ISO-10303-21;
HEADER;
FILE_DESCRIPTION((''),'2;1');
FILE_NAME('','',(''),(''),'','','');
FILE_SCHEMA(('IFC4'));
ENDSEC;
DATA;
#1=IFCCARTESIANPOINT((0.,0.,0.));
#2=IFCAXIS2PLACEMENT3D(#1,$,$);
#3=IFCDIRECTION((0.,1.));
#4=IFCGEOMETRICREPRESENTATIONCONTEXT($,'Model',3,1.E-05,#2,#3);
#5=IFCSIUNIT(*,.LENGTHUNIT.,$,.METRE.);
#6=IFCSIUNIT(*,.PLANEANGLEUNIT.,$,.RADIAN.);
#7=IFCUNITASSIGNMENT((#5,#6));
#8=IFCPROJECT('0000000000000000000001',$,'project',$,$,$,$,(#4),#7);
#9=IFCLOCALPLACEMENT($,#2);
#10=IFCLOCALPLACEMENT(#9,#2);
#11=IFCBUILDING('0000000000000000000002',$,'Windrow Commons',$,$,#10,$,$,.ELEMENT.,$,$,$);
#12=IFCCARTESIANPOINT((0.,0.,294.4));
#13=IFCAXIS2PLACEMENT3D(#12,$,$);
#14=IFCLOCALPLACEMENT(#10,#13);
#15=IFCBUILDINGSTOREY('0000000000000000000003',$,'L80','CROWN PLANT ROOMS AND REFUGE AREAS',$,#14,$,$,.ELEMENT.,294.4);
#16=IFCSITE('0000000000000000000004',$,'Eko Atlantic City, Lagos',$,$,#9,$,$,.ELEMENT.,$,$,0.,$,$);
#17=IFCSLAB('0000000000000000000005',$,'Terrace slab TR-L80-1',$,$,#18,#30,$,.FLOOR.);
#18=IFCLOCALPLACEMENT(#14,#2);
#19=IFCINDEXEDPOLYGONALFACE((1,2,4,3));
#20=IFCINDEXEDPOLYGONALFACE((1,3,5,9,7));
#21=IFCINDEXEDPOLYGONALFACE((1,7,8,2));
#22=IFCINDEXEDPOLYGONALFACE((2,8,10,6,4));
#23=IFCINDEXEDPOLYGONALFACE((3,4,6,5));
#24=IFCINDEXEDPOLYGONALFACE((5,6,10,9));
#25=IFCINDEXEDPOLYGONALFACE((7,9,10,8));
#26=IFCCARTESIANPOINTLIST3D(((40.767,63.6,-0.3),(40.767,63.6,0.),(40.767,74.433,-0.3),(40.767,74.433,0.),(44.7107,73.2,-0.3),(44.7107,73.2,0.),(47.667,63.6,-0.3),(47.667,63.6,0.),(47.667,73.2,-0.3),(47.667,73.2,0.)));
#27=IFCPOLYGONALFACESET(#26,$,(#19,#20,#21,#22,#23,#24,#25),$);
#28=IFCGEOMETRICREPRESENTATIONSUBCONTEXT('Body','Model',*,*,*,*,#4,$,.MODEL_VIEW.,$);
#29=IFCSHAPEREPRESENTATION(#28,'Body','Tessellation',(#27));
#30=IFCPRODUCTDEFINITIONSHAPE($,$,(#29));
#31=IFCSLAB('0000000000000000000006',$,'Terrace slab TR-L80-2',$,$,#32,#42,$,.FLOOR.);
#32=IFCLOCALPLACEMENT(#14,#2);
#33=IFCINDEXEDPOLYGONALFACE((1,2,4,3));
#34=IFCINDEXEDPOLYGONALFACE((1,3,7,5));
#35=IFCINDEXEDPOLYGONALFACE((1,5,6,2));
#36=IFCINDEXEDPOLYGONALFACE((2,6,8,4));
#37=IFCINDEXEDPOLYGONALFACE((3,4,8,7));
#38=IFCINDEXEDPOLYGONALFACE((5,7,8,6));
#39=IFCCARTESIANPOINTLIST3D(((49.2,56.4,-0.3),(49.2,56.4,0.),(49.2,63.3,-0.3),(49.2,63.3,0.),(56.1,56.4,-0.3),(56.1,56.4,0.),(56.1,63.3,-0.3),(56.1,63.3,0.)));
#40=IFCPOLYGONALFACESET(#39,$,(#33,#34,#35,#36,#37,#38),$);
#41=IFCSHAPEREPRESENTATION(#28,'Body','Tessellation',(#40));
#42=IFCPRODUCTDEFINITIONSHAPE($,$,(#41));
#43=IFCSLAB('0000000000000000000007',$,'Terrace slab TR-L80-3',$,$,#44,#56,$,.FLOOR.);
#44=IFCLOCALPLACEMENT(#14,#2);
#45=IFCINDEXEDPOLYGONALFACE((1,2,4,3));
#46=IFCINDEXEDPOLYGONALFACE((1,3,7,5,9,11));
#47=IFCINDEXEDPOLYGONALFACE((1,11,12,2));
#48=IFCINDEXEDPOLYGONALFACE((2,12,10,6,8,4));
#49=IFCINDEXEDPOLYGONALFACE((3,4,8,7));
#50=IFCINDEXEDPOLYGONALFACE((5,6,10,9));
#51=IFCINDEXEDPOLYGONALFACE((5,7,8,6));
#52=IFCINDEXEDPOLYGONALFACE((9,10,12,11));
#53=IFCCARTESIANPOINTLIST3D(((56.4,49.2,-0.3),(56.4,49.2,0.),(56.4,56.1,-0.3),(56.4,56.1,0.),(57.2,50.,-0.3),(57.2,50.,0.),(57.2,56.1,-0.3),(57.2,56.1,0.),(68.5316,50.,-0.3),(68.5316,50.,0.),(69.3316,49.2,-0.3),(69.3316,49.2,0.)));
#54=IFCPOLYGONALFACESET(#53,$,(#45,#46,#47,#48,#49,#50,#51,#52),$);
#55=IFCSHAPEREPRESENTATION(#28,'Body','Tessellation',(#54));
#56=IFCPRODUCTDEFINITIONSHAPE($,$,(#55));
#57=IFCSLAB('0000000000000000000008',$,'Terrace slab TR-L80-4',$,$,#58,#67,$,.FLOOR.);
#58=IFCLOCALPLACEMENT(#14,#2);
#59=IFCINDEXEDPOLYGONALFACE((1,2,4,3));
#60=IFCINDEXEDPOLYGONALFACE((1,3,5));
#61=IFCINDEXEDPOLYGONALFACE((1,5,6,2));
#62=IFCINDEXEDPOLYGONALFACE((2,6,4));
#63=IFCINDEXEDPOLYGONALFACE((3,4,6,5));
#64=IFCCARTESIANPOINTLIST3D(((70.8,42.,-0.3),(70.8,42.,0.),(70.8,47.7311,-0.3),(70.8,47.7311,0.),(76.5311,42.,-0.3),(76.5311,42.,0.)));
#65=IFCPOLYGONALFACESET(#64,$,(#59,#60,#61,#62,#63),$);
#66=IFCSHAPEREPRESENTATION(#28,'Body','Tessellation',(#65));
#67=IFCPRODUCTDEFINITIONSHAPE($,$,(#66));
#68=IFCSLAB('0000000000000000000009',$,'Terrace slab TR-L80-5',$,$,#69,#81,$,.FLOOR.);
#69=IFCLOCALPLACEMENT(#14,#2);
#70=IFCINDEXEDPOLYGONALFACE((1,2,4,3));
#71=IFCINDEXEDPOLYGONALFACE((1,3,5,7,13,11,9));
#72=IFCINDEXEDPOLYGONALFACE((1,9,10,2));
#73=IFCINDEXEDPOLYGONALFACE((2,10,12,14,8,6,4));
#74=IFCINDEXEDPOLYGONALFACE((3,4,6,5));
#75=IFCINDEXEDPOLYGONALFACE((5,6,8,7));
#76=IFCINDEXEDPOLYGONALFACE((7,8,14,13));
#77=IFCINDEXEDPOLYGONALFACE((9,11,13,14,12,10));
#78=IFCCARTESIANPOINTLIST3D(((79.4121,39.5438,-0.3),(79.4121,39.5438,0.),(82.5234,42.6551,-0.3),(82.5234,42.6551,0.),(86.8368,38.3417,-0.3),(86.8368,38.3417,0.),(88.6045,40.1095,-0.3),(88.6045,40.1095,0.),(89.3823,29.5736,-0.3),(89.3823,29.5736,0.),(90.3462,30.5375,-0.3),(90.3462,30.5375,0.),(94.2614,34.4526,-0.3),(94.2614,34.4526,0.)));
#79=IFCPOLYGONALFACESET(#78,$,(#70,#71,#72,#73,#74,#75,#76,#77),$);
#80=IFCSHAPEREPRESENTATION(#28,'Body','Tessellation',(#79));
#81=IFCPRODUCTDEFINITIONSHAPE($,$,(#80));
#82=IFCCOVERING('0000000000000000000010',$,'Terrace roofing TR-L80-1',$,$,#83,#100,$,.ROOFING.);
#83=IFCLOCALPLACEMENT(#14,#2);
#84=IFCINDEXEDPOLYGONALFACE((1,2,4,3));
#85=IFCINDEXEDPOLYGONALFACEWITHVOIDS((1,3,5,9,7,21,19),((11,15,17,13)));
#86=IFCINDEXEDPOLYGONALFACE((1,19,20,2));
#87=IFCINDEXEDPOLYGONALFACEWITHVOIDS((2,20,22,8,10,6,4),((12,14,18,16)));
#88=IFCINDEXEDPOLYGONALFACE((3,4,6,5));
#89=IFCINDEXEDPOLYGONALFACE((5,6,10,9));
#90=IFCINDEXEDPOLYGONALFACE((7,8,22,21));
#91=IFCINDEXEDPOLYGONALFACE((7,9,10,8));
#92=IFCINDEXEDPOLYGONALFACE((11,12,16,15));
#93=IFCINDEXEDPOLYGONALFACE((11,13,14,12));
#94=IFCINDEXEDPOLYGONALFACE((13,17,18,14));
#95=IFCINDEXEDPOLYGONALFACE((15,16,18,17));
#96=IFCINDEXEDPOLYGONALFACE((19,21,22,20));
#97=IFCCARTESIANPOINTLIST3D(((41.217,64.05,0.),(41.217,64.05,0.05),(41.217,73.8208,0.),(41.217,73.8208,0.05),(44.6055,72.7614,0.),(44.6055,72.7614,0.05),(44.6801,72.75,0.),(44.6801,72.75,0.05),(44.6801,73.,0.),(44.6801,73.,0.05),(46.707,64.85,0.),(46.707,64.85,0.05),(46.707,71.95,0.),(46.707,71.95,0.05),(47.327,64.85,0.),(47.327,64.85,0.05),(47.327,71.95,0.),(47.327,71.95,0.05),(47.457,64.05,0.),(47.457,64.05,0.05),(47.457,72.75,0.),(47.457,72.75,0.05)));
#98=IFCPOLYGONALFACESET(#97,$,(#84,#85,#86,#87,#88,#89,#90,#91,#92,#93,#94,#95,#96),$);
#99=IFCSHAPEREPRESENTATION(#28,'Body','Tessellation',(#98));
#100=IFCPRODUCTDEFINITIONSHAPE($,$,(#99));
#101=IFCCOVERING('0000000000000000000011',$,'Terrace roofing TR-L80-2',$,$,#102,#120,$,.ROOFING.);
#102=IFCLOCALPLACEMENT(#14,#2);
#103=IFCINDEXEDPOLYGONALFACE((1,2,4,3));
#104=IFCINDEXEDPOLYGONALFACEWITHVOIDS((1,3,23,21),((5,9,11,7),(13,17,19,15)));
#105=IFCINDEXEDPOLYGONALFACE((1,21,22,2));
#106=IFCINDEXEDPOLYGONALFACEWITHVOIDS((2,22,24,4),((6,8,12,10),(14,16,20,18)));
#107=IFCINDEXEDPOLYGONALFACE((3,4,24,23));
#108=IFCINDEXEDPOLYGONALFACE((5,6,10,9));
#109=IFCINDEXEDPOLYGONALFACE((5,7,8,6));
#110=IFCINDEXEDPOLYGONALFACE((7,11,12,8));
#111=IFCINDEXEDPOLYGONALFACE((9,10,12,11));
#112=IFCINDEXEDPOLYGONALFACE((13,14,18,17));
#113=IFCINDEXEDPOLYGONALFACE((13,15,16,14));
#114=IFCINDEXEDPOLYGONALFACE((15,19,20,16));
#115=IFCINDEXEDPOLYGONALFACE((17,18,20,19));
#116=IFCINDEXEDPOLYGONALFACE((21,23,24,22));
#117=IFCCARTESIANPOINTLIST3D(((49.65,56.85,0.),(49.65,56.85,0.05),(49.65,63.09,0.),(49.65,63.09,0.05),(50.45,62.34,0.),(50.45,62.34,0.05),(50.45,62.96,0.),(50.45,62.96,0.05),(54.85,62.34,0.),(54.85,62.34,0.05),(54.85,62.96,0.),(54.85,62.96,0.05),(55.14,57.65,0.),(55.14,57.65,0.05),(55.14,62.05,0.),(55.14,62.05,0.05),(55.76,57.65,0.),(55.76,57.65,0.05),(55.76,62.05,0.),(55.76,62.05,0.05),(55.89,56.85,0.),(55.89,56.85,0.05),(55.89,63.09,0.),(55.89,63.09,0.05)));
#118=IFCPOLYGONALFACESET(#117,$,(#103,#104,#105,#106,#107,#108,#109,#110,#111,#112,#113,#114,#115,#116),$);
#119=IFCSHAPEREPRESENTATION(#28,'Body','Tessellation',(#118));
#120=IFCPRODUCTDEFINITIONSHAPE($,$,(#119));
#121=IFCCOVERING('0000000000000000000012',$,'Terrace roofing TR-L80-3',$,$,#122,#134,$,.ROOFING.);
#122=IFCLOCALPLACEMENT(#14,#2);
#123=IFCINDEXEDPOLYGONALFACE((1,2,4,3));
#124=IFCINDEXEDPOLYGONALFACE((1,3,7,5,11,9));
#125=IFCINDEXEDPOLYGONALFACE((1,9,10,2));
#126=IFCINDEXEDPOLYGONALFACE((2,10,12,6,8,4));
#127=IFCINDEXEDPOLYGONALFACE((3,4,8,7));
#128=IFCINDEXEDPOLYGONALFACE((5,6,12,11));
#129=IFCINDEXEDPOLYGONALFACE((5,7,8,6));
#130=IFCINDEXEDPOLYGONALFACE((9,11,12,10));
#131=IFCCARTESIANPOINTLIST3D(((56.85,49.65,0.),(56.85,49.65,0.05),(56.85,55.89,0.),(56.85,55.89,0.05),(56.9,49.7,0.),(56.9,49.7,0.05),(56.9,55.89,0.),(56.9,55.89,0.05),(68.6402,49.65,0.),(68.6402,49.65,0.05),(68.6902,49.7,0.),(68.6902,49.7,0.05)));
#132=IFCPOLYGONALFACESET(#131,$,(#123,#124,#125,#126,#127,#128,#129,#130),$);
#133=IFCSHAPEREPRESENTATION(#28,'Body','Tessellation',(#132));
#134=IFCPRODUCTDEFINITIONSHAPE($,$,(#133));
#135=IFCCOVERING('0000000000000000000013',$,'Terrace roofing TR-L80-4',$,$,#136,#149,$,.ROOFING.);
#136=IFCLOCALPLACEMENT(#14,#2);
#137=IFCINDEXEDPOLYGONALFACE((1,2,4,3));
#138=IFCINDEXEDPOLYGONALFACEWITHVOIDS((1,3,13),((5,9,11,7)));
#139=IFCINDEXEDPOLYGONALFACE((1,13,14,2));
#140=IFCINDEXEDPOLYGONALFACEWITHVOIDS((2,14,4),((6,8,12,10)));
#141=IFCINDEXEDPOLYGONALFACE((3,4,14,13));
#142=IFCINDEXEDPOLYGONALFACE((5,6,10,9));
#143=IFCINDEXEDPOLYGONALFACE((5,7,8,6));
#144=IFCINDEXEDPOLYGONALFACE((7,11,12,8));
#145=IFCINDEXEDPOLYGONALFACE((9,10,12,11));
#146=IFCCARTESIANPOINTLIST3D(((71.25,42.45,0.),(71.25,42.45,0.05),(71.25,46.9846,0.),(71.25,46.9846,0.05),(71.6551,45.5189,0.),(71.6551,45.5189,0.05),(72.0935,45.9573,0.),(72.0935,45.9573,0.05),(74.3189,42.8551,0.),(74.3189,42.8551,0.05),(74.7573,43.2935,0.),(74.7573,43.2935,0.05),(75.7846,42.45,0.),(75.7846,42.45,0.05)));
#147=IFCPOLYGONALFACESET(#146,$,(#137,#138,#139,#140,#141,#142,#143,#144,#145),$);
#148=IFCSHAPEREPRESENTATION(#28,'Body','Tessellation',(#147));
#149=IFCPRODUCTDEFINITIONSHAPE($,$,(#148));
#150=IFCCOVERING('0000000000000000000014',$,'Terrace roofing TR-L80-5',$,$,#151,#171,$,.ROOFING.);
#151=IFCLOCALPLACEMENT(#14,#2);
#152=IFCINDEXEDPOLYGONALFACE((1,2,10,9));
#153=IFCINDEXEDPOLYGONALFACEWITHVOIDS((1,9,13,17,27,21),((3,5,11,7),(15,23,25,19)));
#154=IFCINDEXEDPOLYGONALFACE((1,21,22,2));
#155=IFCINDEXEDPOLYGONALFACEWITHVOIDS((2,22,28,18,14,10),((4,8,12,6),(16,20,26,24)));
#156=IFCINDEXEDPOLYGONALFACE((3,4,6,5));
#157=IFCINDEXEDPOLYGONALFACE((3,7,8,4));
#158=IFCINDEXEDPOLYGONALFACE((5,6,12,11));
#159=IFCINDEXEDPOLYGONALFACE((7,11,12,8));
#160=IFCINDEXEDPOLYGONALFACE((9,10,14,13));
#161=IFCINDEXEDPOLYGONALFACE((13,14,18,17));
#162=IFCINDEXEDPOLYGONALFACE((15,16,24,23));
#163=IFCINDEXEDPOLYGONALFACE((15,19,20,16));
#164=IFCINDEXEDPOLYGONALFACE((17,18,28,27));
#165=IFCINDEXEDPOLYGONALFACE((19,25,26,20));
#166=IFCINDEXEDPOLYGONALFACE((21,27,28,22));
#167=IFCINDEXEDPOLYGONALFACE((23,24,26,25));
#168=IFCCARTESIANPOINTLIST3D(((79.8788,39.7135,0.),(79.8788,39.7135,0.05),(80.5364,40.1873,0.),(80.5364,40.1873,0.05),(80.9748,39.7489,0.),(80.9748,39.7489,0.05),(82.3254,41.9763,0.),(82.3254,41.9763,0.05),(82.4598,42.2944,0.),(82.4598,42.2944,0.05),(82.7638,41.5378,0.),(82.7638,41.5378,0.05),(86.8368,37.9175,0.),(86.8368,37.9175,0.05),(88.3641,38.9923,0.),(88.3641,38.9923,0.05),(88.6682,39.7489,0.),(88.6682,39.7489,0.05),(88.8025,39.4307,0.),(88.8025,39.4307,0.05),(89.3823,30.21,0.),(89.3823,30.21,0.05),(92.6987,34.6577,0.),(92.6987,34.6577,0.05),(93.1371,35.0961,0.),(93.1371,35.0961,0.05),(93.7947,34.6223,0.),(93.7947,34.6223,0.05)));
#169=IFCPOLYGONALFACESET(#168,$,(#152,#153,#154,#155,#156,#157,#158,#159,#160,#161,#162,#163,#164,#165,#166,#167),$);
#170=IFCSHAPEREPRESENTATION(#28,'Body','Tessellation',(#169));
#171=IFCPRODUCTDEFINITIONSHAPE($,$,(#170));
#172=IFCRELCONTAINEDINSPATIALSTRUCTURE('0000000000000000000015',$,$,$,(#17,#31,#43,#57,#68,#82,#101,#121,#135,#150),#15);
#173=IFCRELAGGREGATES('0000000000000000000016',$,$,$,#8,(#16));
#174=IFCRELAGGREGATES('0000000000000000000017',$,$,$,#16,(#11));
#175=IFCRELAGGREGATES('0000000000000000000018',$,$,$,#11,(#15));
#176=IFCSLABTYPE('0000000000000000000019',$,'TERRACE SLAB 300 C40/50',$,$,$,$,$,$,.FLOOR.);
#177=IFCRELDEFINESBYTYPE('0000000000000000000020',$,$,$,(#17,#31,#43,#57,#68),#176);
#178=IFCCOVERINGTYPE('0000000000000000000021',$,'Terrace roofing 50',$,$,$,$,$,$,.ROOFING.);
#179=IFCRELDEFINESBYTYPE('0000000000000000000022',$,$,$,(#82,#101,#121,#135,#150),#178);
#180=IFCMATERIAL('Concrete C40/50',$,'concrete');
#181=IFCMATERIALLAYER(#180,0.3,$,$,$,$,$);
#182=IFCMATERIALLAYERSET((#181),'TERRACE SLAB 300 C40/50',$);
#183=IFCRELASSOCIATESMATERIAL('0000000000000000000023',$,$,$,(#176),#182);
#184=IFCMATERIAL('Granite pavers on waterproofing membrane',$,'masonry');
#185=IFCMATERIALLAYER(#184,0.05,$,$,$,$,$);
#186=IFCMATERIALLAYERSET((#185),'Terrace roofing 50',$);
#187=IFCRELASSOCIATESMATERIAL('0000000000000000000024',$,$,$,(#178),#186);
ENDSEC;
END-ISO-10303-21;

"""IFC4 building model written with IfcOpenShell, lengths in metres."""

from ifc_helpers import new_model, si_unit, direction, frame, origin, place, context, subcontext, project, spatial, polyline, outline, extrude, material, layer, layer_set, type_object, element, save


model = new_model("IFC4")

# Units and contexts
model_context = context("Model", 3, precision=1e-05, world=origin(), true_north=direction((0.0, 1.0)))
body_context = subcontext(model_context, "Body", "Model", "MODEL_VIEW")
ifc_project = project(units=[si_unit("LENGTHUNIT", "METRE"), si_unit("PLANEANGLEUNIT", "RADIAN")], contexts=[model_context])

# Site, building, storey
site_placement = place(None, origin())
site = spatial("IfcSite", under=ifc_project, at=site_placement, Name="Eko Atlantic City, Lagos", CompositionType="ELEMENT", RefElevation=0.0)
building_placement = place(site_placement, origin())
building = spatial("IfcBuilding", under=site, at=building_placement, Name="Windrow Commons", CompositionType="ELEMENT")
storey_placement = place(building_placement, frame((0.0, 0.0, 294.4)))
storey = spatial("IfcBuildingStorey", under=building, at=storey_placement, Name="L80", Description="CROWN PLANT ROOMS AND REFUGE AREAS", CompositionType="ELEMENT", Elevation=294.4)

# Shared definitions
placement_1 = place(storey_placement, frame((0.0, 0.0, -0.3)))

# Shared definitions
placement_2 = place(storey_placement, origin())

# Slabs
ifc_material_1 = material(Name="Concrete C40/50", Category="concrete")
ifc_layer_1 = layer(ifc_material_1, 0.3)
ifc_layer_set_1 = layer_set([ifc_layer_1], Name="TERRACE SLAB 300 C40/50")
slab_type_1 = type_object("IfcSlabType", Name="TERRACE SLAB 300 C40/50", PredefinedType="FLOOR", material=ifc_layer_set_1)
element("IfcSlab", 1, at=placement_1, inside=storey, type_object=slab_type_1, Name="Terrace slab TR-L80-1", PredefinedType="FLOOR", context=body_context, shape_type="SweptSolid", body=[
    extrude(outline(polyline([(40.767, 74.433), (40.767, 63.6), (47.667, 63.6), (47.667, 73.2), (44.7107, 73.2), (40.767, 74.433)])), origin(), (0.0, 0.0, 1.0), 0.3),
])
element("IfcSlab", 2, at=placement_1, inside=storey, type_object=slab_type_1, Name="Terrace slab TR-L80-2", PredefinedType="FLOOR", context=body_context, shape_type="SweptSolid", body=[
    extrude(outline(polyline([(49.2, 63.3), (49.2, 56.4), (56.1, 56.4), (56.1, 63.3), (49.2, 63.3)])), origin(), (0.0, 0.0, 1.0), 0.3),
])
element("IfcSlab", 3, at=placement_1, inside=storey, type_object=slab_type_1, Name="Terrace slab TR-L80-3", PredefinedType="FLOOR", context=body_context, shape_type="SweptSolid", body=[
    extrude(outline(polyline([(69.3316, 49.2), (68.5316, 50.0), (57.2, 50.0), (57.2, 56.1), (56.4, 56.1), (56.4, 49.2), (69.3316, 49.2)])), origin(), (0.0, 0.0, 1.0), 0.3),
])
element("IfcSlab", 4, at=placement_1, inside=storey, type_object=slab_type_1, Name="Terrace slab TR-L80-4", PredefinedType="FLOOR", context=body_context, shape_type="SweptSolid", body=[
    extrude(outline(polyline([(70.8, 42.0), (76.5311, 42.0), (70.8, 47.7311), (70.8, 42.0)])), origin(), (0.0, 0.0, 1.0), 0.3),
])
element("IfcSlab", 5, at=placement_1, inside=storey, type_object=slab_type_1, Name="Terrace slab TR-L80-5", PredefinedType="FLOOR", context=body_context, shape_type="SweptSolid", body=[
    extrude(outline(polyline([(94.2614, 34.4526), (88.6045, 40.1095), (86.8368, 38.3417), (82.5234, 42.6551), (79.4121, 39.5438), (89.3823, 29.5736), (90.3462, 30.5375), (94.2614, 34.4526)])), origin(), (0.0, 0.0, 1.0), 0.3),
])

# Coverings
ifc_material_2 = material(Name="Granite pavers on waterproofing membrane", Category="masonry")
ifc_layer_2 = layer(ifc_material_2, 0.05)
ifc_layer_set_2 = layer_set([ifc_layer_2], Name="Terrace roofing 50")
covering_type = type_object("IfcCoveringType", Name="Terrace roofing 50", PredefinedType="ROOFING", material=ifc_layer_set_2)
element("IfcCovering", 6, at=placement_2, inside=storey, type_object=covering_type, Name="Terrace roofing TR-L80-1", PredefinedType="ROOFING", context=body_context, shape_type="SweptSolid", body=[
    extrude(outline(polyline([(47.457, 72.75), (47.457, 64.05), (41.217, 64.05), (41.217, 73.8208), (44.6055, 72.7614), (44.6801, 73.0), (44.6801, 72.75), (47.457, 72.75)]), holes=[polyline([(47.327, 64.85), (47.327, 71.95), (46.707, 71.95), (46.707, 64.85), (47.327, 64.85)])]), origin(), (0.0, 0.0, 1.0), 0.05),
])
element("IfcCovering", 7, at=placement_2, inside=storey, type_object=covering_type, Name="Terrace roofing TR-L80-2", PredefinedType="ROOFING", context=body_context, shape_type="SweptSolid", body=[
    extrude(outline(polyline([(49.65, 63.09), (55.89, 63.09), (55.89, 56.85), (49.65, 56.85), (49.65, 63.09)]), holes=[polyline([(55.76, 62.05), (55.14, 62.05), (55.14, 57.65), (55.76, 57.65), (55.76, 62.05)]), polyline([(54.85, 62.96), (50.45, 62.96), (50.45, 62.34), (54.85, 62.34), (54.85, 62.96)])]), origin(), (0.0, 0.0, 1.0), 0.05),
])
element("IfcCovering", 8, at=placement_2, inside=storey, type_object=covering_type, Name="Terrace roofing TR-L80-3", PredefinedType="ROOFING", context=body_context, shape_type="SweptSolid", body=[
    extrude(outline(polyline([(68.6402, 49.65), (56.85, 49.65), (56.85, 55.89), (56.9, 55.89), (56.9, 49.7), (68.6902, 49.7), (68.6402, 49.65)])), origin(), (0.0, 0.0, 1.0), 0.05),
])
element("IfcCovering", 9, at=placement_2, inside=storey, type_object=covering_type, Name="Terrace roofing TR-L80-4", PredefinedType="ROOFING", context=body_context, shape_type="SweptSolid", body=[
    extrude(outline(polyline([(75.7846, 42.45), (71.25, 42.45), (71.25, 46.9846), (75.7846, 42.45)]), holes=[polyline([(72.0935, 45.9573), (71.6551, 45.5189), (74.3189, 42.8551), (74.7573, 43.2935), (72.0935, 45.9573)])]), origin(), (0.0, 0.0, 1.0), 0.05),
])
element("IfcCovering", 10, at=placement_2, inside=storey, type_object=covering_type, Name="Terrace roofing TR-L80-5", PredefinedType="ROOFING", context=body_context, shape_type="SweptSolid", body=[
    extrude(outline(polyline([(93.7947, 34.6223), (89.3823, 30.21), (79.8788, 39.7135), (82.4598, 42.2944), (82.382, 42.3722), (86.8368, 37.9175), (88.6682, 39.7489), (93.7947, 34.6223)]), holes=[polyline([(88.8025, 39.4307), (88.3641, 38.9923), (92.6987, 34.6577), (93.1371, 35.0961), (88.8025, 39.4307)]), polyline([(82.3254, 41.9763), (80.5364, 40.1873), (80.9748, 39.7489), (82.7638, 41.5378), (82.3254, 41.9763)])]), origin(), (0.0, 0.0, 1.0), 0.05),
])

save(model, "model.ifc")
